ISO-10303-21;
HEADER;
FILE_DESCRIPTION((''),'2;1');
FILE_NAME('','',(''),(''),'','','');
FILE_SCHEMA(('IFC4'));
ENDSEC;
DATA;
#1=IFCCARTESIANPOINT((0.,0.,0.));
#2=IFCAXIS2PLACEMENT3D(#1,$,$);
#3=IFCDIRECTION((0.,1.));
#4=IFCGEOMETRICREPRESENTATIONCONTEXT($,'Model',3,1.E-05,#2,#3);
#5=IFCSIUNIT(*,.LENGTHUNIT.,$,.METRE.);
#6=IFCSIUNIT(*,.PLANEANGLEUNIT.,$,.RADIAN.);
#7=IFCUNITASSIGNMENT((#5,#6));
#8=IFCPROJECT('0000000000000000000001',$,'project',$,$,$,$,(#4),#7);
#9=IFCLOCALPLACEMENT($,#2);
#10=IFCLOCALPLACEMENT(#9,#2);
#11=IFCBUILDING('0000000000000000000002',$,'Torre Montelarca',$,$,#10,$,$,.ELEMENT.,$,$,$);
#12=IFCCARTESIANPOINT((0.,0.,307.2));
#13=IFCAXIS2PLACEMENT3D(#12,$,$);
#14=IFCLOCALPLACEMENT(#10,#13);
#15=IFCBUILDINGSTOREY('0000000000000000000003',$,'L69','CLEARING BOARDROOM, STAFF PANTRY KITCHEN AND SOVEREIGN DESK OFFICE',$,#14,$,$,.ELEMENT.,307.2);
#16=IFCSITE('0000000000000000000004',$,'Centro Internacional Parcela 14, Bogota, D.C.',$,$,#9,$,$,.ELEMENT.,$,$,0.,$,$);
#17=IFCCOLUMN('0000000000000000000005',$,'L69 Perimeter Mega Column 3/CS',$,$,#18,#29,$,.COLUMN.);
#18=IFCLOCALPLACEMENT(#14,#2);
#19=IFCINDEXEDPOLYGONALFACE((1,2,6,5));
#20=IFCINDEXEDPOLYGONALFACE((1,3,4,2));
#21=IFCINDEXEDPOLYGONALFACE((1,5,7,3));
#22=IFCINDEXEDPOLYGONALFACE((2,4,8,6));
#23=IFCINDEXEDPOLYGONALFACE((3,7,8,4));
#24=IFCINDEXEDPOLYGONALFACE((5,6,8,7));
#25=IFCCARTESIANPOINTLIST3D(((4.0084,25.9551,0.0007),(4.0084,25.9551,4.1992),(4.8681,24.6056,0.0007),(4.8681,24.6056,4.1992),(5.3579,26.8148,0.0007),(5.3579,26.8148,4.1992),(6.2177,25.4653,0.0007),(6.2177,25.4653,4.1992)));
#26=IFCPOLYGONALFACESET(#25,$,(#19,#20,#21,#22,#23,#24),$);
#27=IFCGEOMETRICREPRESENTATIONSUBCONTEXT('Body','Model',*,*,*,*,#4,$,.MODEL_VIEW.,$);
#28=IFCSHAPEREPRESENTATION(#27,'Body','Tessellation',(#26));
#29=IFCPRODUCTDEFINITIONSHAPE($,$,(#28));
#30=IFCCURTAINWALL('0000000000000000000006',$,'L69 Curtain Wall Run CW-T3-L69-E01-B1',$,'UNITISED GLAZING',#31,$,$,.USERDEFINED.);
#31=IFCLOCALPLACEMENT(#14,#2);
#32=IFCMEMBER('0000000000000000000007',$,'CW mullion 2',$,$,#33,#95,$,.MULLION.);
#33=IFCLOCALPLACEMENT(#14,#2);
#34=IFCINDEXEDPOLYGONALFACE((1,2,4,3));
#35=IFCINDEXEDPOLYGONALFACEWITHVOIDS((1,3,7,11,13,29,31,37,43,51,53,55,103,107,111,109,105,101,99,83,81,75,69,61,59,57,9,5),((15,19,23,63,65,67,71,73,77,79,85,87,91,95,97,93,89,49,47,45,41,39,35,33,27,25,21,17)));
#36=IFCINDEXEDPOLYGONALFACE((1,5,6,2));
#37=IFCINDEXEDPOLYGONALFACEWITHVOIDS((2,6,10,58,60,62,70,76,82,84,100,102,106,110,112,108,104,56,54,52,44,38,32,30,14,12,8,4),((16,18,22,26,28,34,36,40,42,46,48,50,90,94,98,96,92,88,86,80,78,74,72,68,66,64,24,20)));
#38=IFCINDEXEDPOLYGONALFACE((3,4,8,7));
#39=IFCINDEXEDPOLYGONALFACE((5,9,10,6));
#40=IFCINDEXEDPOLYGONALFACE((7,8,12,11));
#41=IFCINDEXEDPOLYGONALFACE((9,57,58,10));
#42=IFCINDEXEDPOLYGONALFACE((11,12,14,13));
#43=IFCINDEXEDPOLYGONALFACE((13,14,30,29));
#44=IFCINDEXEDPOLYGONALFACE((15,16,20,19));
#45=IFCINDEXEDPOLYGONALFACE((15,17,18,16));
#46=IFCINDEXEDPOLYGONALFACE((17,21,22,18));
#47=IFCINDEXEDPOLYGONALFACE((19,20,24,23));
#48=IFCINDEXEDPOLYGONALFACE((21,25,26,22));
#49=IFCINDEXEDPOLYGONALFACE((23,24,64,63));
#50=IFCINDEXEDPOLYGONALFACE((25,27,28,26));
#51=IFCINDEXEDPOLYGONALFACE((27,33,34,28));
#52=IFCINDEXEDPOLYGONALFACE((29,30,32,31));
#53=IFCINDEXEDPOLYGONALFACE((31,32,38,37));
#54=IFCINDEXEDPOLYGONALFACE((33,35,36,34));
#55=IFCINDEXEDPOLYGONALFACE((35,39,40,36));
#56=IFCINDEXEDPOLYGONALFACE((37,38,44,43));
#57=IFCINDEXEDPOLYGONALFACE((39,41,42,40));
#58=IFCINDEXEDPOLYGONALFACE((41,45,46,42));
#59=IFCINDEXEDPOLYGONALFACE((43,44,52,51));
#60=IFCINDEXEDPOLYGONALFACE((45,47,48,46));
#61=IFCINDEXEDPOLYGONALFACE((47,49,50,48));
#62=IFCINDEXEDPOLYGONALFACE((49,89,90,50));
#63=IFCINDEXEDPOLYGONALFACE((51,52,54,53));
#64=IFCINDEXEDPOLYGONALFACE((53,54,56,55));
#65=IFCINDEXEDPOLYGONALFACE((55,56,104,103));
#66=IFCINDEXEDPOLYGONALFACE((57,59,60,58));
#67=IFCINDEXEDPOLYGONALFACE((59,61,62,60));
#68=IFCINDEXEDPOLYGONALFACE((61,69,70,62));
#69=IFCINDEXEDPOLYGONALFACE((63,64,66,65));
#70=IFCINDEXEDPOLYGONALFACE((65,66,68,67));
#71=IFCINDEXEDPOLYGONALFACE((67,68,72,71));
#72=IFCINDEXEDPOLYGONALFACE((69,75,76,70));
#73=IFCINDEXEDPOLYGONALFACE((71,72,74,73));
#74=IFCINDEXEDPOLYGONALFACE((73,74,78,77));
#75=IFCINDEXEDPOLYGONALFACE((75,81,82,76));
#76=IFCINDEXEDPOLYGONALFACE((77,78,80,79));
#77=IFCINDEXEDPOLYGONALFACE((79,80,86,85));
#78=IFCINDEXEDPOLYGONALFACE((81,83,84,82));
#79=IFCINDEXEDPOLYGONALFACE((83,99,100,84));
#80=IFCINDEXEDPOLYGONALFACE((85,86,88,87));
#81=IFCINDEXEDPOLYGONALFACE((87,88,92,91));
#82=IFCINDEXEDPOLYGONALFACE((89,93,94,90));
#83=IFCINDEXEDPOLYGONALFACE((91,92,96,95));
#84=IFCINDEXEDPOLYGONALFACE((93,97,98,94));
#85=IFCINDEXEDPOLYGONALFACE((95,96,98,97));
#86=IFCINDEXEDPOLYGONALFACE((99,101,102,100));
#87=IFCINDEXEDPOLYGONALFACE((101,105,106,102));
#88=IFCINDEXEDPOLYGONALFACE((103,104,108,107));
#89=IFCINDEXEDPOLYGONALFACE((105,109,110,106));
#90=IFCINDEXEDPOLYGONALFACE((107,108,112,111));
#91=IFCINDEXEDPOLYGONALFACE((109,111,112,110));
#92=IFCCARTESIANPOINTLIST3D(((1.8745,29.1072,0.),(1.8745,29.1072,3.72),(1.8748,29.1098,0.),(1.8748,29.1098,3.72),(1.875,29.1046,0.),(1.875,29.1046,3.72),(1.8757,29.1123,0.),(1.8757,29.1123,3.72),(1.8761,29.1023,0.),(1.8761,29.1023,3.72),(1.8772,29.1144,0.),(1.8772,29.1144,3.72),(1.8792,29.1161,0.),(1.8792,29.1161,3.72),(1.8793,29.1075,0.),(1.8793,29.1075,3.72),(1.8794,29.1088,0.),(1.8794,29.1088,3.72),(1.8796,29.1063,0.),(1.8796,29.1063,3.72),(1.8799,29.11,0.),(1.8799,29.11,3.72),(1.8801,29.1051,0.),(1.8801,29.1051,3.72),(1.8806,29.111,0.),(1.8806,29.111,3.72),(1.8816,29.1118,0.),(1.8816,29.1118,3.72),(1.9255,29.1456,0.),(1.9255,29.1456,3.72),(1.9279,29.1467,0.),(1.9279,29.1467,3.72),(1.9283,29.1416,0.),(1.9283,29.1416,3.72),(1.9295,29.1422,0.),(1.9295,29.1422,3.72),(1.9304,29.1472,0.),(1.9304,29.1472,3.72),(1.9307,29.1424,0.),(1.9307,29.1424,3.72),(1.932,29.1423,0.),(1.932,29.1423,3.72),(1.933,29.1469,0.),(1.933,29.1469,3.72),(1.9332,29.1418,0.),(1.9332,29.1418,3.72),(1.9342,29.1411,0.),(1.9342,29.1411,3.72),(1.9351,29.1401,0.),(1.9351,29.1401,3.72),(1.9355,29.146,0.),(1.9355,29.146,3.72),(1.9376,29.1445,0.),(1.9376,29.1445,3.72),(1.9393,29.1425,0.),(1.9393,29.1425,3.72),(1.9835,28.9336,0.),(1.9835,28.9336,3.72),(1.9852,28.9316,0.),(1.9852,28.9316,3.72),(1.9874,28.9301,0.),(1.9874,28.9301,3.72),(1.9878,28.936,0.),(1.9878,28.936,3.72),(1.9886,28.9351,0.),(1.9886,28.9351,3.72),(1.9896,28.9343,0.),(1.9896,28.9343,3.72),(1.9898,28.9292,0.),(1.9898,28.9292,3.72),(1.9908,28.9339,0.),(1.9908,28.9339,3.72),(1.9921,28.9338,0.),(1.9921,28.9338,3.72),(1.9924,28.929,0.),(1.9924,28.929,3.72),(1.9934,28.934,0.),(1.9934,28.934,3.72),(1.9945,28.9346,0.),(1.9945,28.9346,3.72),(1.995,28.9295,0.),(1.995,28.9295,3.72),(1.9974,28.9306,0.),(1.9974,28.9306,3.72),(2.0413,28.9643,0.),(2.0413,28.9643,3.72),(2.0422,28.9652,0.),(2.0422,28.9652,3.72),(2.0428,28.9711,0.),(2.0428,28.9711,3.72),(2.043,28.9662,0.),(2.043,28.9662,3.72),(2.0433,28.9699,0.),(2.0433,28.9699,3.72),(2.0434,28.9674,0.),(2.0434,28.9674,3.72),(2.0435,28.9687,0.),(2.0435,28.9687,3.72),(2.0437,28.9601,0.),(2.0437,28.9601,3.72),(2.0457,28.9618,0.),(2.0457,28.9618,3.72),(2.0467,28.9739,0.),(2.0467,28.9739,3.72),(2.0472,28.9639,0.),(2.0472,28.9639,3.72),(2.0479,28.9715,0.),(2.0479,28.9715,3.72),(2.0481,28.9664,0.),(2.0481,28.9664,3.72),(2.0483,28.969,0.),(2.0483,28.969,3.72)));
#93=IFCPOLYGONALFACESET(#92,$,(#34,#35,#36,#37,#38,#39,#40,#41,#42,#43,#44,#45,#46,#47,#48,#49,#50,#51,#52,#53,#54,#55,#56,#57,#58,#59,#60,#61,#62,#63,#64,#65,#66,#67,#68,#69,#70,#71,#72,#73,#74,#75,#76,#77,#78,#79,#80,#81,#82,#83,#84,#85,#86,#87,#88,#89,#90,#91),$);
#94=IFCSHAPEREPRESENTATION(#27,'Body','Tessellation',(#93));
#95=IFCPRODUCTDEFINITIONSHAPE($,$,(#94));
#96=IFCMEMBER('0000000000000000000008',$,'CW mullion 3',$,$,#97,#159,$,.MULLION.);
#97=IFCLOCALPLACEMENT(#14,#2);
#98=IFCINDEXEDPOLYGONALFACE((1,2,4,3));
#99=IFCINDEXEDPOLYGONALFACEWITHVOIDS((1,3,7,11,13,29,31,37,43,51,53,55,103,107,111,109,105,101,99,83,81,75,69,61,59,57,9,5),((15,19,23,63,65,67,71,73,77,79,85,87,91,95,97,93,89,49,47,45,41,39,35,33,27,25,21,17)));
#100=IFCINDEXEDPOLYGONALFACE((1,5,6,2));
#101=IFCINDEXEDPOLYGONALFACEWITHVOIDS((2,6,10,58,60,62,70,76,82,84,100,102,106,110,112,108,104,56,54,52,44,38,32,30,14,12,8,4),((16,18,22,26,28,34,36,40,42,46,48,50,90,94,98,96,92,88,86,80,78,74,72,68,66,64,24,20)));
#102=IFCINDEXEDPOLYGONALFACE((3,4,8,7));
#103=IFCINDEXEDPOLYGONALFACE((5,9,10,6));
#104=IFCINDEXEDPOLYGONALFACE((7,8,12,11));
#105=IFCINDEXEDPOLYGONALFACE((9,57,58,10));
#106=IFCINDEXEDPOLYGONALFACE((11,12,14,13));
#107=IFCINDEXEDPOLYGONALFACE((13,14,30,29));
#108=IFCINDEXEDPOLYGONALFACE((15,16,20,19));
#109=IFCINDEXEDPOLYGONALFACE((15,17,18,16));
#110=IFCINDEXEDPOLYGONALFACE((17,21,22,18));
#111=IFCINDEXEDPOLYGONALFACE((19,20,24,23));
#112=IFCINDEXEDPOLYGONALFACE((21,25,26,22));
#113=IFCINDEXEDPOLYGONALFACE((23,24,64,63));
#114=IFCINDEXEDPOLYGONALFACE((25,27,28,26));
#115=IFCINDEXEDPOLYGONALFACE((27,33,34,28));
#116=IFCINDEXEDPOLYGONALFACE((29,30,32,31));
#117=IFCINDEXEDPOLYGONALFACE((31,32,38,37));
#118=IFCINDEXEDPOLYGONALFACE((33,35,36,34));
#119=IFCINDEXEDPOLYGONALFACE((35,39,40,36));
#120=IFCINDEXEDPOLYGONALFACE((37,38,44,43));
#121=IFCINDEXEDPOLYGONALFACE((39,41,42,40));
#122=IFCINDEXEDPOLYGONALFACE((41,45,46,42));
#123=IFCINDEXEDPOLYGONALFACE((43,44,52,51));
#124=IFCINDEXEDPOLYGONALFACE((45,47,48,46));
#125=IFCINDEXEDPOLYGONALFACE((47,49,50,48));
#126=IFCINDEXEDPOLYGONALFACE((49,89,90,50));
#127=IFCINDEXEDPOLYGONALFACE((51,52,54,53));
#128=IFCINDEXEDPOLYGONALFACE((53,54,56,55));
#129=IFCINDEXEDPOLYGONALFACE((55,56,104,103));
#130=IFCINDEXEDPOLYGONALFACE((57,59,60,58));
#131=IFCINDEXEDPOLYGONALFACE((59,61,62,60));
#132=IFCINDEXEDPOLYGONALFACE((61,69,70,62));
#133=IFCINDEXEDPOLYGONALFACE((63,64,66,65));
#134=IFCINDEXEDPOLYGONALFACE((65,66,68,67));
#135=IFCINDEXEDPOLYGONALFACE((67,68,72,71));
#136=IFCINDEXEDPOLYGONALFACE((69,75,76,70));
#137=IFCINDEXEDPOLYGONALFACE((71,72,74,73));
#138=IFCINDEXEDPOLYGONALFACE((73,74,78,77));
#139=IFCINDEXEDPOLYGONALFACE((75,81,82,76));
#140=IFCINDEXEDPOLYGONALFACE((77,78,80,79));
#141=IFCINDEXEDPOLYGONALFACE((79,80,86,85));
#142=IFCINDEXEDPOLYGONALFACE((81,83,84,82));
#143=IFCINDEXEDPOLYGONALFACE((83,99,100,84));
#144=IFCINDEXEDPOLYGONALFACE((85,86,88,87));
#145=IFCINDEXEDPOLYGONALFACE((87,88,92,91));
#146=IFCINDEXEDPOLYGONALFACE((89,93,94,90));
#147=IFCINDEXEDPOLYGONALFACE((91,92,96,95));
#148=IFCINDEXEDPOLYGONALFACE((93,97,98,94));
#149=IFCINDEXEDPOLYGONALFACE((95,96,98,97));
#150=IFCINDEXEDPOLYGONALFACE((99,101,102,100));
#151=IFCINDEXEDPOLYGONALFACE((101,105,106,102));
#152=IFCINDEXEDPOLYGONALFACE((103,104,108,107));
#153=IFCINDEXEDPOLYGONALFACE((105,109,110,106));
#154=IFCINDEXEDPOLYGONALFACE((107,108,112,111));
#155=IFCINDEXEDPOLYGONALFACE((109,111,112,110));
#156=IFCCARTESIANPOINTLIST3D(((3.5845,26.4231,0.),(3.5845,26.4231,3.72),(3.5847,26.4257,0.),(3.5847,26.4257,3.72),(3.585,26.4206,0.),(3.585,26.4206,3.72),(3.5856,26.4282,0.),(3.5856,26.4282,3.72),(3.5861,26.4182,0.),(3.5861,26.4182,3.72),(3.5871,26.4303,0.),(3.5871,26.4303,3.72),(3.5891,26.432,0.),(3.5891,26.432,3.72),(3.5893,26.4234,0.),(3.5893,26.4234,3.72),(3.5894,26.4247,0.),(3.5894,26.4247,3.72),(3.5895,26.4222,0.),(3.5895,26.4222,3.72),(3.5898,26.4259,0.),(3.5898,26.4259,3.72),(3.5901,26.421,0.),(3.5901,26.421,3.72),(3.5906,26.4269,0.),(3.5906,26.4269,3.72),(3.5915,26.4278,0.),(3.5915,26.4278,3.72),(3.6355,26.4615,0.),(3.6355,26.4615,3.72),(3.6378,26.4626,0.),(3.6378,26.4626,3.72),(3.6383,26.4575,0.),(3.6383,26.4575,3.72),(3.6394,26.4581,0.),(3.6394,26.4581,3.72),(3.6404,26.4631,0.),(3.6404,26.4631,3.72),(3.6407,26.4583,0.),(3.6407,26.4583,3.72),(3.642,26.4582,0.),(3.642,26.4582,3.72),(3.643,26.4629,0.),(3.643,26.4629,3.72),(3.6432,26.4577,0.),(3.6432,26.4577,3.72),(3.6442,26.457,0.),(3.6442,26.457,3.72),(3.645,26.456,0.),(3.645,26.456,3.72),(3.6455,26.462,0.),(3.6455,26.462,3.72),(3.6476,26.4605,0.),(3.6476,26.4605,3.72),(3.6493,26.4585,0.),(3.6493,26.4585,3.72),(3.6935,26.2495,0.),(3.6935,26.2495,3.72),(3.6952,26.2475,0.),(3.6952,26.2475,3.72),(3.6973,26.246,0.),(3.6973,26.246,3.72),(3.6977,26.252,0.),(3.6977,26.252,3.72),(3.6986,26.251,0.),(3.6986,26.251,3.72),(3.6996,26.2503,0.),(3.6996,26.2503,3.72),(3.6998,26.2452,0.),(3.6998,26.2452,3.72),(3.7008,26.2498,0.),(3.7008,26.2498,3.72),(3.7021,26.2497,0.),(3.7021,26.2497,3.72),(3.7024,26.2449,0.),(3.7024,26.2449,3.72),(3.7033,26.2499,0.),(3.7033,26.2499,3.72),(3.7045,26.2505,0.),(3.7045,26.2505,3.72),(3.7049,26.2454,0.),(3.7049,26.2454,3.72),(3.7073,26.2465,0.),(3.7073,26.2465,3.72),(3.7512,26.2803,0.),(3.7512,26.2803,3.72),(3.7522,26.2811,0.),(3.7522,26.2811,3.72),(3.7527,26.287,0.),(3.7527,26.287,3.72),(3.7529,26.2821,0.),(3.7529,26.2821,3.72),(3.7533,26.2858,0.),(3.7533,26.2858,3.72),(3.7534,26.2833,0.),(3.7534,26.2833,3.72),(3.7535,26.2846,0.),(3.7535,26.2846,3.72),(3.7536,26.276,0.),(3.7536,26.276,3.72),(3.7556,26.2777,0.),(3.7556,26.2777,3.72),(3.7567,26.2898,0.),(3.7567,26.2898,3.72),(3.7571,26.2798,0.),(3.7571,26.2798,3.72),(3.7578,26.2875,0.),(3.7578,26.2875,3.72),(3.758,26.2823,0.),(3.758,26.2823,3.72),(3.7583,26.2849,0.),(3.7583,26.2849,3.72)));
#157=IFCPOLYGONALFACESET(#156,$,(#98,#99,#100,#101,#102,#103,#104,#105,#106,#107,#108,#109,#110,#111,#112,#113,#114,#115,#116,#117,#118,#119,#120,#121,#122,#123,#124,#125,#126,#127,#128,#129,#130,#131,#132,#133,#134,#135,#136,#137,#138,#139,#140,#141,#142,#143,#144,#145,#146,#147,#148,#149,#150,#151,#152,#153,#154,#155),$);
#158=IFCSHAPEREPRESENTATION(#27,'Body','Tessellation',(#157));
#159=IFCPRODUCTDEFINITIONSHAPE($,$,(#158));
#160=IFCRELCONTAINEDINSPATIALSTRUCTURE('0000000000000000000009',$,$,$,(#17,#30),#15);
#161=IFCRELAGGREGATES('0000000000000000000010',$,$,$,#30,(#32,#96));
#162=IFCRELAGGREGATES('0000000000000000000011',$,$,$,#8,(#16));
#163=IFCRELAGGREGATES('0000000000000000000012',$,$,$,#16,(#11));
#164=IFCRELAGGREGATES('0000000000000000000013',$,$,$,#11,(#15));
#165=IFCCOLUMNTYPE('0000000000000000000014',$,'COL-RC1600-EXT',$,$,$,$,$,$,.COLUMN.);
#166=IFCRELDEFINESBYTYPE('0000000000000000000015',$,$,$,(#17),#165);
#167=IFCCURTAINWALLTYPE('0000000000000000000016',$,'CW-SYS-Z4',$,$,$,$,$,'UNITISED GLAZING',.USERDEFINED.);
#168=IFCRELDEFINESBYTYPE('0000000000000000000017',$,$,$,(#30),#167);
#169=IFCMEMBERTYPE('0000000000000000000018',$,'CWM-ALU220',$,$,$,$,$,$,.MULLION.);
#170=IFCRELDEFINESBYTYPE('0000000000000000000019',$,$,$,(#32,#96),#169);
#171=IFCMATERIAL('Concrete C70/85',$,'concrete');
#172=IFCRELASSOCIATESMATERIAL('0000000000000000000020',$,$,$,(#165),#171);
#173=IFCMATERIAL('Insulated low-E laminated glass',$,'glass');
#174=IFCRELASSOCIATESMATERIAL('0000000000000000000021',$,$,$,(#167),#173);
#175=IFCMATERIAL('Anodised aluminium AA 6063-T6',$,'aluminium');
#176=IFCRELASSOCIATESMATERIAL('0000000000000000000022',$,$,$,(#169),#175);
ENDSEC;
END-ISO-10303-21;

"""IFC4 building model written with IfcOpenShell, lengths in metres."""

from ifc_helpers import new_model, si_unit, direction, frame, origin, origin_2d, place, context, subcontext, project, spatial, rectangle, hollow_rectangle, extrude, source, transform, mapped, material, material_profile, profile_set, type_object, element, aggregate, save


model = new_model("IFC4")

# Units and contexts
model_context = context("Model", 3, precision=1e-05, world=origin(), true_north=direction((0.0, 1.0)))
body_context = subcontext(model_context, "Body", "Model", "MODEL_VIEW")
ifc_project = project(units=[si_unit("LENGTHUNIT", "METRE"), si_unit("PLANEANGLEUNIT", "RADIAN")], contexts=[model_context])

# Site, building, storey
site_placement = place(None, origin())
site = spatial("IfcSite", under=ifc_project, at=site_placement, Name="Centro Internacional Parcela 14, Bogota, D.C.", CompositionType="ELEMENT", RefElevation=0.0)
building_placement = place(site_placement, origin())
building = spatial("IfcBuilding", under=site, at=building_placement, Name="Torre Montelarca", CompositionType="ELEMENT")
storey_placement = place(building_placement, frame((0.0, 0.0, 307.2)))
storey = spatial("IfcBuildingStorey", under=building, at=storey_placement, Name="L69", Description="CLEARING BOARDROOM, STAFF PANTRY KITCHEN AND SOVEREIGN DESK OFFICE", CompositionType="ELEMENT", Elevation=307.2)

# Column
ifc_material_1 = material(Name="Concrete C70/85", Category="concrete")
ifc_material_profile_1 = material_profile(ifc_material_1, rectangle(XDim=1.6001, YDim=1.6001, at=origin_2d()), Name="RC1600X1600", Category="concrete")
ifc_profile_set_1 = profile_set([ifc_material_profile_1], Name="Concrete C70/85")
column_type = type_object("IfcColumnType", Name="COL-RC1600-EXT", PredefinedType="COLUMN", material=ifc_profile_set_1)
shared_shape_1 = source(origin(), body_context, "Body", "SweptSolid", [
    extrude(rectangle(XDim=1.6001, YDim=1.6001, at=origin_2d()), origin(), (0.0, 0.0, 1.0), 4.1985),
])
column_placement = place(storey_placement, frame((5.113, 25.7102, 0.0007), z_axis=(0.0, 0.0, 1.0), x_axis=(-0.5373, 0.843391, 0.0)))
element("IfcColumn", 1, at=column_placement, inside=storey, type_object=column_type, Name="L69 Perimeter Mega Column 3/CS", PredefinedType="COLUMN", context=body_context, shape_type="MappedRepresentation", body=[
    mapped(shared_shape_1, transform((0.0, 0.0, 0.0), scale=1.0)),
])

# Curtain wall, members
ifc_material_2 = material(Name="Insulated low-E laminated glass", Category="glass")
curtain_wall_type = type_object("IfcCurtainWallType", Name="CW-SYS-Z4", ElementType="UNITISED GLAZING", PredefinedType="USERDEFINED", material=ifc_material_2)
curtain_wall_1_placement = place(storey_placement, origin())
curtain_wall_1 = element("IfcCurtainWall", 2, at=curtain_wall_1_placement, inside=storey, type_object=curtain_wall_type, Name="L69 Curtain Wall Run CW-T3-L69-E01-B1", ObjectType="UNITISED GLAZING", PredefinedType="USERDEFINED")
ifc_material_3 = material(Name="Anodised aluminium AA 6063-T6", Category="aluminium")
ifc_material_profile_2 = material_profile(ifc_material_3, hollow_rectangle(XDim=0.075, YDim=0.22, WallThickness=0.0049, InnerFilletRadius=0.0049, OuterFilletRadius=0.01, at=origin_2d()), Name="ALU75X220X5", Category="aluminium")
ifc_profile_set_2 = profile_set([ifc_material_profile_2], Name="Anodised aluminium AA 6063-T6")
member_type_1 = type_object("IfcMemberType", Name="CWM-ALU220", PredefinedType="MULLION", material=ifc_profile_set_2)
shared_shape_2 = source(origin(), body_context, "Body", "SweptSolid", [
    extrude(hollow_rectangle(XDim=0.075, YDim=0.22, WallThickness=0.0049, InnerFilletRadius=0.0049, OuterFilletRadius=0.01, at=origin_2d()), origin(), (0.0, 0.0, 1.0), 3.72),
])
member_1_placement = place(storey_placement, frame((1.9614, 29.0381, 0.0), z_axis=(0.0, 0.0, 1.0), x_axis=(0.84339, 0.537301, 0.0)))
member_1 = element("IfcMember", 3, at=member_1_placement, type_object=member_type_1, Name="CW mullion 2", PredefinedType="MULLION", context=body_context, shape_type="MappedRepresentation", body=[
    mapped(shared_shape_2, transform((0.0, 0.0, 0.0), scale=1.0)),
])
member_2_placement = place(storey_placement, frame((3.6714, 26.354, 0.0), z_axis=(0.0, 0.0, 1.0), x_axis=(0.84339, 0.537301, 0.0)))
member_2 = element("IfcMember", 4, at=member_2_placement, type_object=member_type_1, Name="CW mullion 3", PredefinedType="MULLION", context=body_context, shape_type="MappedRepresentation", body=[
    mapped(shared_shape_2, transform((0.0, 0.0, 0.0), scale=1.0)),
])

aggregate(curtain_wall_1, [member_1, member_2])

save(model, "model.ifc")
